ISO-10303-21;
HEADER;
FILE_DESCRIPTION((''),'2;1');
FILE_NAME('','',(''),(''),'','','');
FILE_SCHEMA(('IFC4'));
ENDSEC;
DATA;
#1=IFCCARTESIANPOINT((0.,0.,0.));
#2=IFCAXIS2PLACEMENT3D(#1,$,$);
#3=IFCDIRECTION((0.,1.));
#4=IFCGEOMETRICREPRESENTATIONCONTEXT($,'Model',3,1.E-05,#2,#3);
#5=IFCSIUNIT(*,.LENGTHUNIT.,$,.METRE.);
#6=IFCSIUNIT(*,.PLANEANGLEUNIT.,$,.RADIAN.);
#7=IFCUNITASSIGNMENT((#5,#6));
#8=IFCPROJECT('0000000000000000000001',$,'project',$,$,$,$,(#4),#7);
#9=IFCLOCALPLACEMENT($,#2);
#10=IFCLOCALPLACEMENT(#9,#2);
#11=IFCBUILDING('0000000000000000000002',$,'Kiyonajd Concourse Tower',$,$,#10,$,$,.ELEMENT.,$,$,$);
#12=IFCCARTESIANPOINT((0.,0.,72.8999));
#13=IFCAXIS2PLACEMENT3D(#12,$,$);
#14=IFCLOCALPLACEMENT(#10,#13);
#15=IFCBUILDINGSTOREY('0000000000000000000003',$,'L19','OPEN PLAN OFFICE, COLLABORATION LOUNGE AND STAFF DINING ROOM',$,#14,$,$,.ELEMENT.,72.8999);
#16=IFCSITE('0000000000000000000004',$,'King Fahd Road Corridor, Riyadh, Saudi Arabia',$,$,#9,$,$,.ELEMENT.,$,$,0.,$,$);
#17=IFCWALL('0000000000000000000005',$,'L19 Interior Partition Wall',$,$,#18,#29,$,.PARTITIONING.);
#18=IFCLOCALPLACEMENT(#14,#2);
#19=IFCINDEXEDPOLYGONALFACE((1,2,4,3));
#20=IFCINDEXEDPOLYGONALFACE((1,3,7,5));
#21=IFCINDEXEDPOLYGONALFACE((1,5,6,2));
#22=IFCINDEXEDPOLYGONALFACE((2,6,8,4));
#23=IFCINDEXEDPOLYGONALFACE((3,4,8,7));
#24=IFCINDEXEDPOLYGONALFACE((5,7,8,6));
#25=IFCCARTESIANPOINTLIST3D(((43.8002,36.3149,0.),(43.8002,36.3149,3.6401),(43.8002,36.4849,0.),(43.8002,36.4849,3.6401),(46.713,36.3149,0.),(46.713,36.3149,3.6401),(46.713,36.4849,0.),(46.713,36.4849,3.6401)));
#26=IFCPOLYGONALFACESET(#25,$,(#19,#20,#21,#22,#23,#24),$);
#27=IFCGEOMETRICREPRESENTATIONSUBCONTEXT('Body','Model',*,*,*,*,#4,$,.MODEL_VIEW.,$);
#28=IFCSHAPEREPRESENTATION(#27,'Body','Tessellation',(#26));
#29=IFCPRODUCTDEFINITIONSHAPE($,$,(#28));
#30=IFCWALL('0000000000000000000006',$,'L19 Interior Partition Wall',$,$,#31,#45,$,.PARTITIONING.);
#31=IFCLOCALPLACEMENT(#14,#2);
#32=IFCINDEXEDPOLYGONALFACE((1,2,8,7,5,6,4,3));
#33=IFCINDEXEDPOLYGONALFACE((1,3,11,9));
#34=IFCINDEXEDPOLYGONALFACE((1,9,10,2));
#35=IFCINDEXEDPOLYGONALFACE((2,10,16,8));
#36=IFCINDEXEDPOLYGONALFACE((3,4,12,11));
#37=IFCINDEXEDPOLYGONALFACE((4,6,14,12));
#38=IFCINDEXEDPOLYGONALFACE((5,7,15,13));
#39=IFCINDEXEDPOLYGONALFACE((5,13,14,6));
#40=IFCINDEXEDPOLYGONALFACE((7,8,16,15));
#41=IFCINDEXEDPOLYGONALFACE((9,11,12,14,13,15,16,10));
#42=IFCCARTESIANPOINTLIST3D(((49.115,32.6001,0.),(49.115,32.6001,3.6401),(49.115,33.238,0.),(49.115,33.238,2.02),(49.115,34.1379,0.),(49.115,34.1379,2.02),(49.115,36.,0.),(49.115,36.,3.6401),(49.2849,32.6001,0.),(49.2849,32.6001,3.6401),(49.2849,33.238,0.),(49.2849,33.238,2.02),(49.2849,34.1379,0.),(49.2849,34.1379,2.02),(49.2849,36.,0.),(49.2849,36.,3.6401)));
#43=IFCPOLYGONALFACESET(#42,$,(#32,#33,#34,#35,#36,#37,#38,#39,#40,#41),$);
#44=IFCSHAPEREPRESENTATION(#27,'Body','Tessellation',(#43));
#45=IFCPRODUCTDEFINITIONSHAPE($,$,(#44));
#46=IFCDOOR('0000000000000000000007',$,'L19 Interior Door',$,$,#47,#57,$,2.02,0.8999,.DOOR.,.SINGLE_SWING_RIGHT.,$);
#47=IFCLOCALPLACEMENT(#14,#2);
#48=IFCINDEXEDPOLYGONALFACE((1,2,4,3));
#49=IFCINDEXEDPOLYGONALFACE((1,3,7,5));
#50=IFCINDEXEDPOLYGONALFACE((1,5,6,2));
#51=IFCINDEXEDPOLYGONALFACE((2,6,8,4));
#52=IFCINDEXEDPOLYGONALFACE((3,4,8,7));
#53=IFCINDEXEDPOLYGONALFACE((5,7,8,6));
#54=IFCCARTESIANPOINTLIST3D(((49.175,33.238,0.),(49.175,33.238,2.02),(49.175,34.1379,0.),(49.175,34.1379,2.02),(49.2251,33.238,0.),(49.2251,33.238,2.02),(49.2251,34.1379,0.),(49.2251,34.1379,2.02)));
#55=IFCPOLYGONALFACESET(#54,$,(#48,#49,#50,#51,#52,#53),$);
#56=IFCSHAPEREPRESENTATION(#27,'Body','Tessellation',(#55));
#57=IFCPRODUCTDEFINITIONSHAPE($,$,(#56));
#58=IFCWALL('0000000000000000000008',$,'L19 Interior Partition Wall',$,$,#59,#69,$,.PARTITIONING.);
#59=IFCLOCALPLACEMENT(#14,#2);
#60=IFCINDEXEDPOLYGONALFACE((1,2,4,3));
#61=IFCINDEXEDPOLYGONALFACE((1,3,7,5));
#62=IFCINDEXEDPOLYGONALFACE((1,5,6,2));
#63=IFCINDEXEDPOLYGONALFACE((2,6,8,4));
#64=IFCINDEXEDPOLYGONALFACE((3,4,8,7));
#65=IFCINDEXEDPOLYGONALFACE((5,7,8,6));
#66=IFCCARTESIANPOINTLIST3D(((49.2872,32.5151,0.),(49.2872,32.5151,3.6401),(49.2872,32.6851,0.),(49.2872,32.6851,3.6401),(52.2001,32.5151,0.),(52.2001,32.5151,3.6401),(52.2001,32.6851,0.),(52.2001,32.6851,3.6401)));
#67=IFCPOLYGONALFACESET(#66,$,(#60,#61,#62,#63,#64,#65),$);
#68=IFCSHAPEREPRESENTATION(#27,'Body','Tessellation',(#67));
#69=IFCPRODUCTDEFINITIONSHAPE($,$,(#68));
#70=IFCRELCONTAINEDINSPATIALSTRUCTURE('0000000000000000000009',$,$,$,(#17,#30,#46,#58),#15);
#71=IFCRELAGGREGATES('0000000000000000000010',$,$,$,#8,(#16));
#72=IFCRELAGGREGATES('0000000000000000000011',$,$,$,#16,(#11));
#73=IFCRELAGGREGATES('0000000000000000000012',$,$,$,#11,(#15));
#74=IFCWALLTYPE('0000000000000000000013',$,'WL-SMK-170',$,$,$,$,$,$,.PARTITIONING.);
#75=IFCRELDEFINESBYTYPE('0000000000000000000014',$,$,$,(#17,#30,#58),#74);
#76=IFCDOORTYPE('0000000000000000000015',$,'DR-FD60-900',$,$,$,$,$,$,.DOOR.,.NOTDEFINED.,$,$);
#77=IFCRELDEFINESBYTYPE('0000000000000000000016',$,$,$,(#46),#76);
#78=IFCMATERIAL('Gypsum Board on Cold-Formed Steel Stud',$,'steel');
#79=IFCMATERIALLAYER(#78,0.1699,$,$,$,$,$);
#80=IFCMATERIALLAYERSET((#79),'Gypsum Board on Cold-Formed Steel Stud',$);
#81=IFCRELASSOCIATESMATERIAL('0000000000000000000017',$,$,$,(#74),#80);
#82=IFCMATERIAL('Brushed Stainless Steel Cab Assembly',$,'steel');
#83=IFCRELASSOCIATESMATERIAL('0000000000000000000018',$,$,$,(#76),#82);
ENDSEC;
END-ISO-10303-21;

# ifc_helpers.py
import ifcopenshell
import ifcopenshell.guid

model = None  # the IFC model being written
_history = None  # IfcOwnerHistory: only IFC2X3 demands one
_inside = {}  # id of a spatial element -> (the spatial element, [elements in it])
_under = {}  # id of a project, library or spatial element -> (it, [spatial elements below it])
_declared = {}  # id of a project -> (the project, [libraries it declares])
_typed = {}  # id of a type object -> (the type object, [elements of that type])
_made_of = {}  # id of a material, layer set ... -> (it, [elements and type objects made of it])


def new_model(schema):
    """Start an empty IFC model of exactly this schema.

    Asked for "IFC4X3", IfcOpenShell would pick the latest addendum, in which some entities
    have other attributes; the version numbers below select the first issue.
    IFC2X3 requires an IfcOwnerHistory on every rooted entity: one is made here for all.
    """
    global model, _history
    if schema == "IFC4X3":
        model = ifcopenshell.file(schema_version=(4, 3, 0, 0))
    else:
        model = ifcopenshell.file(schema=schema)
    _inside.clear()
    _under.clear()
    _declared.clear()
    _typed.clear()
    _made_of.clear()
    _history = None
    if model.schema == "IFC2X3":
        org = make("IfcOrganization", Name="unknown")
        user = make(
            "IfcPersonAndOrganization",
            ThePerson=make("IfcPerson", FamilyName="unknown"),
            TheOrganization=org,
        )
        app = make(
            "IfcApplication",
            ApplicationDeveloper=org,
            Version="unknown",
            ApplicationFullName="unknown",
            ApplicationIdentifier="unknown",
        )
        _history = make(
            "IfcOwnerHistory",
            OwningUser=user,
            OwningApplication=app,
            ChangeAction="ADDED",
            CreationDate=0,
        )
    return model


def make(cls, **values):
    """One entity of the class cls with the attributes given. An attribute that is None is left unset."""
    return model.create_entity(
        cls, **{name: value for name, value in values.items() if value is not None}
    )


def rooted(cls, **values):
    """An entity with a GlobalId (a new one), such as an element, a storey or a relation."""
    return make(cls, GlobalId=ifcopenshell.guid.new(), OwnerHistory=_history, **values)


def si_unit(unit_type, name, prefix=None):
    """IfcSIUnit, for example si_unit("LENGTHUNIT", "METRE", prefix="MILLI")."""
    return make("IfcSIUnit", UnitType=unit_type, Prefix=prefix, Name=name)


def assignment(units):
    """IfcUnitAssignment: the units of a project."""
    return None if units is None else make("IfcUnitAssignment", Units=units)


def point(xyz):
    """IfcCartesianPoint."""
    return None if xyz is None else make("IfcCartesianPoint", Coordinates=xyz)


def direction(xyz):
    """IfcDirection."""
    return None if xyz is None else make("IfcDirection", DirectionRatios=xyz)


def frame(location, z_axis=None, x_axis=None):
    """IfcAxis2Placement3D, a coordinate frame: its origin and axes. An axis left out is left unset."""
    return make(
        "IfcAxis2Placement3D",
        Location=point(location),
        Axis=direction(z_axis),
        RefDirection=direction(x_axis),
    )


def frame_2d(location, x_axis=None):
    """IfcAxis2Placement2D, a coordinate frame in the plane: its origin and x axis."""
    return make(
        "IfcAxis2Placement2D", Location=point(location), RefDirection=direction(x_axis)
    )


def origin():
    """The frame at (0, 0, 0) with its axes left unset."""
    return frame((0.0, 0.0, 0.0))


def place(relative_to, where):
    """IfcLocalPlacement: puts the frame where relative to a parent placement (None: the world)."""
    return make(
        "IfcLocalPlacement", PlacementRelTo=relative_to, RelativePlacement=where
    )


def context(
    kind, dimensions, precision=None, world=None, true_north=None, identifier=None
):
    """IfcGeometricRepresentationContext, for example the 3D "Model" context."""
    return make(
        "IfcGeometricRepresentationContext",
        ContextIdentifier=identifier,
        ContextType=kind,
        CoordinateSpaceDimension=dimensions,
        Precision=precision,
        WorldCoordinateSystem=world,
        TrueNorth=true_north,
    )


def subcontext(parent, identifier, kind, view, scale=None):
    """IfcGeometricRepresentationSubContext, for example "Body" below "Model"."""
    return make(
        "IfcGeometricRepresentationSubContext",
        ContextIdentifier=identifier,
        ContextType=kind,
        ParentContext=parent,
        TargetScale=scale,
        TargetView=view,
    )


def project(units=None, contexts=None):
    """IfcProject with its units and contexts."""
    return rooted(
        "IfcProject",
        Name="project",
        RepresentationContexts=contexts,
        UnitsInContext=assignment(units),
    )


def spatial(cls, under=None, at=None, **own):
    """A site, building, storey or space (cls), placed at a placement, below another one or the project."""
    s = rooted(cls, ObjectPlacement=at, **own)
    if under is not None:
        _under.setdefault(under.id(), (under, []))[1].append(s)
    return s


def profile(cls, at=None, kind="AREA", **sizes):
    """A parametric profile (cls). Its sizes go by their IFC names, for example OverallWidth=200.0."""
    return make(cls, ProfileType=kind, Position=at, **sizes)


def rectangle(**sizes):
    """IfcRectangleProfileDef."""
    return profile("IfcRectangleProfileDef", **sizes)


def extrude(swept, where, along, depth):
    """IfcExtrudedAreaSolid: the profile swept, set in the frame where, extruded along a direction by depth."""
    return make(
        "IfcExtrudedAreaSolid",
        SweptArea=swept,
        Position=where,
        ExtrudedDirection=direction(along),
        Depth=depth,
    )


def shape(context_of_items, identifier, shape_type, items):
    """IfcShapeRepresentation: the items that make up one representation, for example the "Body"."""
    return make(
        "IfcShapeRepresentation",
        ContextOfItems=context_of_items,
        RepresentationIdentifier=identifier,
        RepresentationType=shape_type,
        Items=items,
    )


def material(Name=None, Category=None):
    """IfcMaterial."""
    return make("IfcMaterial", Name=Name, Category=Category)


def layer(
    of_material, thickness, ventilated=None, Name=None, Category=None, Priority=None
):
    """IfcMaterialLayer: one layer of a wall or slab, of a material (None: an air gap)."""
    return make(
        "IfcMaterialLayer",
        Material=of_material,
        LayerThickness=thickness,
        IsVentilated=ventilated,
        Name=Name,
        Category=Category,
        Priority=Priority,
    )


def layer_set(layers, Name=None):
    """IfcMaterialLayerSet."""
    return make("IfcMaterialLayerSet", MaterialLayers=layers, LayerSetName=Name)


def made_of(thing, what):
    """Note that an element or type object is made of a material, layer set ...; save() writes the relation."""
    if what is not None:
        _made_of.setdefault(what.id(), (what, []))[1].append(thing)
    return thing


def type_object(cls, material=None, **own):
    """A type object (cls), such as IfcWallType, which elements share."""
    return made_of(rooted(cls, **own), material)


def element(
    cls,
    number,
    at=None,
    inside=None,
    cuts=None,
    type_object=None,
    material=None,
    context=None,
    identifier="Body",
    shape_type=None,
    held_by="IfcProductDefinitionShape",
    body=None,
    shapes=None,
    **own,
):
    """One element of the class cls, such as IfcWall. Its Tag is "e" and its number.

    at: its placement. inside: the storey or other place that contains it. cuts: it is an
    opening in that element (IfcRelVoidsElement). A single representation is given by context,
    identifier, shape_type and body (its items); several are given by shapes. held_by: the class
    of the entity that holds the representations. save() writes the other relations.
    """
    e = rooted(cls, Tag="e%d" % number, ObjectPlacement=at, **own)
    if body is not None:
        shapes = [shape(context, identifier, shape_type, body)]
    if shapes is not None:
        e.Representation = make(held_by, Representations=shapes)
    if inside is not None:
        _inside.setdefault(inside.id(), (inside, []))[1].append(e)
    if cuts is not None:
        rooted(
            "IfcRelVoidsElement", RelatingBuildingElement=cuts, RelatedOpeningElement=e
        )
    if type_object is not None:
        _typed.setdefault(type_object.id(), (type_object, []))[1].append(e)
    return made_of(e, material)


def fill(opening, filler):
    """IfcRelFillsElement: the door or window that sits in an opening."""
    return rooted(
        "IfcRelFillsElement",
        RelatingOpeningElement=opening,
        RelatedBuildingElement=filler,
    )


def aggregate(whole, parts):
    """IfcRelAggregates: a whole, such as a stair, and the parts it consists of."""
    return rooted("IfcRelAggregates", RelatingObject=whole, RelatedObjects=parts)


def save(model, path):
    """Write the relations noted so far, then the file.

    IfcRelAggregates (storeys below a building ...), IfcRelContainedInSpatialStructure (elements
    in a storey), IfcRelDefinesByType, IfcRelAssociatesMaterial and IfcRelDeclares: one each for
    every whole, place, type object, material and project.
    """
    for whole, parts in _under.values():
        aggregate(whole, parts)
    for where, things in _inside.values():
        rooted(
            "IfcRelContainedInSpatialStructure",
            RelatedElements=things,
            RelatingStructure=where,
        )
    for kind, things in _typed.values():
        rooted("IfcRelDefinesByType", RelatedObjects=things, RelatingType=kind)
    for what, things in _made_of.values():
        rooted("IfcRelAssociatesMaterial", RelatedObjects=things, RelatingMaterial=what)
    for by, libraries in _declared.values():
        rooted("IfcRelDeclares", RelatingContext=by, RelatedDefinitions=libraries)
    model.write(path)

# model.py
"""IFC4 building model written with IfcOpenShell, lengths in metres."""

from ifc_helpers import new_model, si_unit, direction, frame, frame_2d, origin, place, context, subcontext, project, spatial, rectangle, extrude, material, layer, layer_set, type_object, element, fill, save


model = new_model("IFC4")

# Units and contexts
model_context = context("Model", 3, precision=1e-05, world=origin(), true_north=direction((0.0, 1.0)))
body_context = subcontext(model_context, "Body", "Model", "MODEL_VIEW")
ifc_project = project(units=[si_unit("LENGTHUNIT", "METRE"), si_unit("PLANEANGLEUNIT", "RADIAN")], contexts=[model_context])

# Site, building, storey
site_placement = place(None, origin())
site = spatial("IfcSite", under=ifc_project, at=site_placement, Name="King Fahd Road Corridor, Riyadh, Saudi Arabia", CompositionType="ELEMENT", RefElevation=0.0)
building_placement = place(site_placement, origin())
building = spatial("IfcBuilding", under=site, at=building_placement, Name="Kiyonajd Concourse Tower", CompositionType="ELEMENT")
storey_placement = place(building_placement, frame((0.0, 0.0, 72.8999)))
storey = spatial("IfcBuildingStorey", under=building, at=storey_placement, Name="L19", Description="OPEN PLAN OFFICE, COLLABORATION LOUNGE AND STAFF DINING ROOM", CompositionType="ELEMENT", Elevation=72.8999)

# Shared definitions
ifc_material_1 = material(Name="Gypsum Board on Cold-Formed Steel Stud", Category="steel")

# Shared definitions
ifc_material_2 = material(Name="Brushed Stainless Steel Cab Assembly", Category="steel")

# Shared definitions
ifc_layer_1 = layer(ifc_material_1, 0.1699)
ifc_layer_set_1 = layer_set([ifc_layer_1], Name="Gypsum Board on Cold-Formed Steel Stud")
wall_type_1 = type_object("IfcWallType", Name="WL-SMK-170", PredefinedType="PARTITIONING", material=ifc_layer_set_1)

# Wall
for number, where, z_axis, x_axis, name in (
    (1, (43.8, 36.3999, 0.0), (0.0, 0.0, 1.0), (1.0, 0.0, 0.0), "L19 Interior Partition Wall"),
):
    element("IfcWall", number, at=place(storey_placement, frame(where, z_axis=z_axis, x_axis=x_axis)), inside=storey, type_object=wall_type_1, Name=name, PredefinedType="PARTITIONING", context=body_context, shape_type="SweptSolid", body=[
        extrude(rectangle(XDim=2.9128, YDim=0.1699, at=frame_2d((1.4565, 0.0))), origin(), (0.0, 0.0, 1.0), 3.6401),
    ])

# Wall, opening, door
wall_1_placement = place(storey_placement, frame((49.2, 32.6001, 0.0), z_axis=(0.0, 0.0, 1.0), x_axis=(0.0, 1.0, 0.0)))
wall_1 = element("IfcWall", 2, at=wall_1_placement, inside=storey, type_object=wall_type_1, Name="L19 Interior Partition Wall", PredefinedType="PARTITIONING", context=body_context, shape_type="SweptSolid", body=[
    extrude(rectangle(XDim=3.3999, YDim=0.1699, at=frame_2d((1.7, 0.0))), origin(), (0.0, 0.0, 1.0), 3.6401),
])
opening_1_placement = place(wall_1_placement, frame((0.6379, 0.0, 0.0)))
opening_1 = element("IfcOpeningElement", 3, at=opening_1_placement, cuts=wall_1, PredefinedType="OPENING", context=body_context, shape_type="SweptSolid", body=[
    extrude(rectangle(XDim=0.8999, YDim=2.02, at=frame_2d((0.45, 1.01))), frame((0.0, 0.095, 0.0), z_axis=(0.0, -1.0, 0.0), x_axis=(1.0, 0.0, 0.0)), (0.0, 0.0, 1.0), 0.1899),
])
door_type_1 = type_object("IfcDoorType", Name="DR-FD60-900", OperationType="NOTDEFINED", PredefinedType="DOOR", material=ifc_material_2)
door_1_placement = place(opening_1_placement, origin())
door_1 = element("IfcDoor", 4, at=door_1_placement, inside=storey, type_object=door_type_1, Name="L19 Interior Door", OperationType="SINGLE_SWING_RIGHT", OverallHeight=2.02, OverallWidth=0.8999, PredefinedType="DOOR", context=body_context, shape_type="SweptSolid", body=[
    extrude(rectangle(XDim=0.8999, YDim=2.02, at=frame_2d((0.45, 1.01))), frame((0.0, 0.0249, 0.0), z_axis=(0.0, -1.0, 0.0), x_axis=(1.0, 0.0, 0.0)), (0.0, 0.0, 1.0), 0.05),
])
fill(opening_1, door_1)

# Wall
wall_2_placement = place(storey_placement, frame((49.2871, 32.6001, 0.0), z_axis=(0.0, 0.0, 1.0), x_axis=(1.0, 0.0, 0.0)))
element("IfcWall", 5, at=wall_2_placement, inside=storey, type_object=wall_type_1, Name="L19 Interior Partition Wall", PredefinedType="PARTITIONING", context=body_context, shape_type="SweptSolid", body=[
    extrude(rectangle(XDim=2.9128, YDim=0.1699, at=frame_2d((1.4565, 0.0))), origin(), (0.0, 0.0, 1.0), 3.6401),
])

save(model, "model.ifc")
